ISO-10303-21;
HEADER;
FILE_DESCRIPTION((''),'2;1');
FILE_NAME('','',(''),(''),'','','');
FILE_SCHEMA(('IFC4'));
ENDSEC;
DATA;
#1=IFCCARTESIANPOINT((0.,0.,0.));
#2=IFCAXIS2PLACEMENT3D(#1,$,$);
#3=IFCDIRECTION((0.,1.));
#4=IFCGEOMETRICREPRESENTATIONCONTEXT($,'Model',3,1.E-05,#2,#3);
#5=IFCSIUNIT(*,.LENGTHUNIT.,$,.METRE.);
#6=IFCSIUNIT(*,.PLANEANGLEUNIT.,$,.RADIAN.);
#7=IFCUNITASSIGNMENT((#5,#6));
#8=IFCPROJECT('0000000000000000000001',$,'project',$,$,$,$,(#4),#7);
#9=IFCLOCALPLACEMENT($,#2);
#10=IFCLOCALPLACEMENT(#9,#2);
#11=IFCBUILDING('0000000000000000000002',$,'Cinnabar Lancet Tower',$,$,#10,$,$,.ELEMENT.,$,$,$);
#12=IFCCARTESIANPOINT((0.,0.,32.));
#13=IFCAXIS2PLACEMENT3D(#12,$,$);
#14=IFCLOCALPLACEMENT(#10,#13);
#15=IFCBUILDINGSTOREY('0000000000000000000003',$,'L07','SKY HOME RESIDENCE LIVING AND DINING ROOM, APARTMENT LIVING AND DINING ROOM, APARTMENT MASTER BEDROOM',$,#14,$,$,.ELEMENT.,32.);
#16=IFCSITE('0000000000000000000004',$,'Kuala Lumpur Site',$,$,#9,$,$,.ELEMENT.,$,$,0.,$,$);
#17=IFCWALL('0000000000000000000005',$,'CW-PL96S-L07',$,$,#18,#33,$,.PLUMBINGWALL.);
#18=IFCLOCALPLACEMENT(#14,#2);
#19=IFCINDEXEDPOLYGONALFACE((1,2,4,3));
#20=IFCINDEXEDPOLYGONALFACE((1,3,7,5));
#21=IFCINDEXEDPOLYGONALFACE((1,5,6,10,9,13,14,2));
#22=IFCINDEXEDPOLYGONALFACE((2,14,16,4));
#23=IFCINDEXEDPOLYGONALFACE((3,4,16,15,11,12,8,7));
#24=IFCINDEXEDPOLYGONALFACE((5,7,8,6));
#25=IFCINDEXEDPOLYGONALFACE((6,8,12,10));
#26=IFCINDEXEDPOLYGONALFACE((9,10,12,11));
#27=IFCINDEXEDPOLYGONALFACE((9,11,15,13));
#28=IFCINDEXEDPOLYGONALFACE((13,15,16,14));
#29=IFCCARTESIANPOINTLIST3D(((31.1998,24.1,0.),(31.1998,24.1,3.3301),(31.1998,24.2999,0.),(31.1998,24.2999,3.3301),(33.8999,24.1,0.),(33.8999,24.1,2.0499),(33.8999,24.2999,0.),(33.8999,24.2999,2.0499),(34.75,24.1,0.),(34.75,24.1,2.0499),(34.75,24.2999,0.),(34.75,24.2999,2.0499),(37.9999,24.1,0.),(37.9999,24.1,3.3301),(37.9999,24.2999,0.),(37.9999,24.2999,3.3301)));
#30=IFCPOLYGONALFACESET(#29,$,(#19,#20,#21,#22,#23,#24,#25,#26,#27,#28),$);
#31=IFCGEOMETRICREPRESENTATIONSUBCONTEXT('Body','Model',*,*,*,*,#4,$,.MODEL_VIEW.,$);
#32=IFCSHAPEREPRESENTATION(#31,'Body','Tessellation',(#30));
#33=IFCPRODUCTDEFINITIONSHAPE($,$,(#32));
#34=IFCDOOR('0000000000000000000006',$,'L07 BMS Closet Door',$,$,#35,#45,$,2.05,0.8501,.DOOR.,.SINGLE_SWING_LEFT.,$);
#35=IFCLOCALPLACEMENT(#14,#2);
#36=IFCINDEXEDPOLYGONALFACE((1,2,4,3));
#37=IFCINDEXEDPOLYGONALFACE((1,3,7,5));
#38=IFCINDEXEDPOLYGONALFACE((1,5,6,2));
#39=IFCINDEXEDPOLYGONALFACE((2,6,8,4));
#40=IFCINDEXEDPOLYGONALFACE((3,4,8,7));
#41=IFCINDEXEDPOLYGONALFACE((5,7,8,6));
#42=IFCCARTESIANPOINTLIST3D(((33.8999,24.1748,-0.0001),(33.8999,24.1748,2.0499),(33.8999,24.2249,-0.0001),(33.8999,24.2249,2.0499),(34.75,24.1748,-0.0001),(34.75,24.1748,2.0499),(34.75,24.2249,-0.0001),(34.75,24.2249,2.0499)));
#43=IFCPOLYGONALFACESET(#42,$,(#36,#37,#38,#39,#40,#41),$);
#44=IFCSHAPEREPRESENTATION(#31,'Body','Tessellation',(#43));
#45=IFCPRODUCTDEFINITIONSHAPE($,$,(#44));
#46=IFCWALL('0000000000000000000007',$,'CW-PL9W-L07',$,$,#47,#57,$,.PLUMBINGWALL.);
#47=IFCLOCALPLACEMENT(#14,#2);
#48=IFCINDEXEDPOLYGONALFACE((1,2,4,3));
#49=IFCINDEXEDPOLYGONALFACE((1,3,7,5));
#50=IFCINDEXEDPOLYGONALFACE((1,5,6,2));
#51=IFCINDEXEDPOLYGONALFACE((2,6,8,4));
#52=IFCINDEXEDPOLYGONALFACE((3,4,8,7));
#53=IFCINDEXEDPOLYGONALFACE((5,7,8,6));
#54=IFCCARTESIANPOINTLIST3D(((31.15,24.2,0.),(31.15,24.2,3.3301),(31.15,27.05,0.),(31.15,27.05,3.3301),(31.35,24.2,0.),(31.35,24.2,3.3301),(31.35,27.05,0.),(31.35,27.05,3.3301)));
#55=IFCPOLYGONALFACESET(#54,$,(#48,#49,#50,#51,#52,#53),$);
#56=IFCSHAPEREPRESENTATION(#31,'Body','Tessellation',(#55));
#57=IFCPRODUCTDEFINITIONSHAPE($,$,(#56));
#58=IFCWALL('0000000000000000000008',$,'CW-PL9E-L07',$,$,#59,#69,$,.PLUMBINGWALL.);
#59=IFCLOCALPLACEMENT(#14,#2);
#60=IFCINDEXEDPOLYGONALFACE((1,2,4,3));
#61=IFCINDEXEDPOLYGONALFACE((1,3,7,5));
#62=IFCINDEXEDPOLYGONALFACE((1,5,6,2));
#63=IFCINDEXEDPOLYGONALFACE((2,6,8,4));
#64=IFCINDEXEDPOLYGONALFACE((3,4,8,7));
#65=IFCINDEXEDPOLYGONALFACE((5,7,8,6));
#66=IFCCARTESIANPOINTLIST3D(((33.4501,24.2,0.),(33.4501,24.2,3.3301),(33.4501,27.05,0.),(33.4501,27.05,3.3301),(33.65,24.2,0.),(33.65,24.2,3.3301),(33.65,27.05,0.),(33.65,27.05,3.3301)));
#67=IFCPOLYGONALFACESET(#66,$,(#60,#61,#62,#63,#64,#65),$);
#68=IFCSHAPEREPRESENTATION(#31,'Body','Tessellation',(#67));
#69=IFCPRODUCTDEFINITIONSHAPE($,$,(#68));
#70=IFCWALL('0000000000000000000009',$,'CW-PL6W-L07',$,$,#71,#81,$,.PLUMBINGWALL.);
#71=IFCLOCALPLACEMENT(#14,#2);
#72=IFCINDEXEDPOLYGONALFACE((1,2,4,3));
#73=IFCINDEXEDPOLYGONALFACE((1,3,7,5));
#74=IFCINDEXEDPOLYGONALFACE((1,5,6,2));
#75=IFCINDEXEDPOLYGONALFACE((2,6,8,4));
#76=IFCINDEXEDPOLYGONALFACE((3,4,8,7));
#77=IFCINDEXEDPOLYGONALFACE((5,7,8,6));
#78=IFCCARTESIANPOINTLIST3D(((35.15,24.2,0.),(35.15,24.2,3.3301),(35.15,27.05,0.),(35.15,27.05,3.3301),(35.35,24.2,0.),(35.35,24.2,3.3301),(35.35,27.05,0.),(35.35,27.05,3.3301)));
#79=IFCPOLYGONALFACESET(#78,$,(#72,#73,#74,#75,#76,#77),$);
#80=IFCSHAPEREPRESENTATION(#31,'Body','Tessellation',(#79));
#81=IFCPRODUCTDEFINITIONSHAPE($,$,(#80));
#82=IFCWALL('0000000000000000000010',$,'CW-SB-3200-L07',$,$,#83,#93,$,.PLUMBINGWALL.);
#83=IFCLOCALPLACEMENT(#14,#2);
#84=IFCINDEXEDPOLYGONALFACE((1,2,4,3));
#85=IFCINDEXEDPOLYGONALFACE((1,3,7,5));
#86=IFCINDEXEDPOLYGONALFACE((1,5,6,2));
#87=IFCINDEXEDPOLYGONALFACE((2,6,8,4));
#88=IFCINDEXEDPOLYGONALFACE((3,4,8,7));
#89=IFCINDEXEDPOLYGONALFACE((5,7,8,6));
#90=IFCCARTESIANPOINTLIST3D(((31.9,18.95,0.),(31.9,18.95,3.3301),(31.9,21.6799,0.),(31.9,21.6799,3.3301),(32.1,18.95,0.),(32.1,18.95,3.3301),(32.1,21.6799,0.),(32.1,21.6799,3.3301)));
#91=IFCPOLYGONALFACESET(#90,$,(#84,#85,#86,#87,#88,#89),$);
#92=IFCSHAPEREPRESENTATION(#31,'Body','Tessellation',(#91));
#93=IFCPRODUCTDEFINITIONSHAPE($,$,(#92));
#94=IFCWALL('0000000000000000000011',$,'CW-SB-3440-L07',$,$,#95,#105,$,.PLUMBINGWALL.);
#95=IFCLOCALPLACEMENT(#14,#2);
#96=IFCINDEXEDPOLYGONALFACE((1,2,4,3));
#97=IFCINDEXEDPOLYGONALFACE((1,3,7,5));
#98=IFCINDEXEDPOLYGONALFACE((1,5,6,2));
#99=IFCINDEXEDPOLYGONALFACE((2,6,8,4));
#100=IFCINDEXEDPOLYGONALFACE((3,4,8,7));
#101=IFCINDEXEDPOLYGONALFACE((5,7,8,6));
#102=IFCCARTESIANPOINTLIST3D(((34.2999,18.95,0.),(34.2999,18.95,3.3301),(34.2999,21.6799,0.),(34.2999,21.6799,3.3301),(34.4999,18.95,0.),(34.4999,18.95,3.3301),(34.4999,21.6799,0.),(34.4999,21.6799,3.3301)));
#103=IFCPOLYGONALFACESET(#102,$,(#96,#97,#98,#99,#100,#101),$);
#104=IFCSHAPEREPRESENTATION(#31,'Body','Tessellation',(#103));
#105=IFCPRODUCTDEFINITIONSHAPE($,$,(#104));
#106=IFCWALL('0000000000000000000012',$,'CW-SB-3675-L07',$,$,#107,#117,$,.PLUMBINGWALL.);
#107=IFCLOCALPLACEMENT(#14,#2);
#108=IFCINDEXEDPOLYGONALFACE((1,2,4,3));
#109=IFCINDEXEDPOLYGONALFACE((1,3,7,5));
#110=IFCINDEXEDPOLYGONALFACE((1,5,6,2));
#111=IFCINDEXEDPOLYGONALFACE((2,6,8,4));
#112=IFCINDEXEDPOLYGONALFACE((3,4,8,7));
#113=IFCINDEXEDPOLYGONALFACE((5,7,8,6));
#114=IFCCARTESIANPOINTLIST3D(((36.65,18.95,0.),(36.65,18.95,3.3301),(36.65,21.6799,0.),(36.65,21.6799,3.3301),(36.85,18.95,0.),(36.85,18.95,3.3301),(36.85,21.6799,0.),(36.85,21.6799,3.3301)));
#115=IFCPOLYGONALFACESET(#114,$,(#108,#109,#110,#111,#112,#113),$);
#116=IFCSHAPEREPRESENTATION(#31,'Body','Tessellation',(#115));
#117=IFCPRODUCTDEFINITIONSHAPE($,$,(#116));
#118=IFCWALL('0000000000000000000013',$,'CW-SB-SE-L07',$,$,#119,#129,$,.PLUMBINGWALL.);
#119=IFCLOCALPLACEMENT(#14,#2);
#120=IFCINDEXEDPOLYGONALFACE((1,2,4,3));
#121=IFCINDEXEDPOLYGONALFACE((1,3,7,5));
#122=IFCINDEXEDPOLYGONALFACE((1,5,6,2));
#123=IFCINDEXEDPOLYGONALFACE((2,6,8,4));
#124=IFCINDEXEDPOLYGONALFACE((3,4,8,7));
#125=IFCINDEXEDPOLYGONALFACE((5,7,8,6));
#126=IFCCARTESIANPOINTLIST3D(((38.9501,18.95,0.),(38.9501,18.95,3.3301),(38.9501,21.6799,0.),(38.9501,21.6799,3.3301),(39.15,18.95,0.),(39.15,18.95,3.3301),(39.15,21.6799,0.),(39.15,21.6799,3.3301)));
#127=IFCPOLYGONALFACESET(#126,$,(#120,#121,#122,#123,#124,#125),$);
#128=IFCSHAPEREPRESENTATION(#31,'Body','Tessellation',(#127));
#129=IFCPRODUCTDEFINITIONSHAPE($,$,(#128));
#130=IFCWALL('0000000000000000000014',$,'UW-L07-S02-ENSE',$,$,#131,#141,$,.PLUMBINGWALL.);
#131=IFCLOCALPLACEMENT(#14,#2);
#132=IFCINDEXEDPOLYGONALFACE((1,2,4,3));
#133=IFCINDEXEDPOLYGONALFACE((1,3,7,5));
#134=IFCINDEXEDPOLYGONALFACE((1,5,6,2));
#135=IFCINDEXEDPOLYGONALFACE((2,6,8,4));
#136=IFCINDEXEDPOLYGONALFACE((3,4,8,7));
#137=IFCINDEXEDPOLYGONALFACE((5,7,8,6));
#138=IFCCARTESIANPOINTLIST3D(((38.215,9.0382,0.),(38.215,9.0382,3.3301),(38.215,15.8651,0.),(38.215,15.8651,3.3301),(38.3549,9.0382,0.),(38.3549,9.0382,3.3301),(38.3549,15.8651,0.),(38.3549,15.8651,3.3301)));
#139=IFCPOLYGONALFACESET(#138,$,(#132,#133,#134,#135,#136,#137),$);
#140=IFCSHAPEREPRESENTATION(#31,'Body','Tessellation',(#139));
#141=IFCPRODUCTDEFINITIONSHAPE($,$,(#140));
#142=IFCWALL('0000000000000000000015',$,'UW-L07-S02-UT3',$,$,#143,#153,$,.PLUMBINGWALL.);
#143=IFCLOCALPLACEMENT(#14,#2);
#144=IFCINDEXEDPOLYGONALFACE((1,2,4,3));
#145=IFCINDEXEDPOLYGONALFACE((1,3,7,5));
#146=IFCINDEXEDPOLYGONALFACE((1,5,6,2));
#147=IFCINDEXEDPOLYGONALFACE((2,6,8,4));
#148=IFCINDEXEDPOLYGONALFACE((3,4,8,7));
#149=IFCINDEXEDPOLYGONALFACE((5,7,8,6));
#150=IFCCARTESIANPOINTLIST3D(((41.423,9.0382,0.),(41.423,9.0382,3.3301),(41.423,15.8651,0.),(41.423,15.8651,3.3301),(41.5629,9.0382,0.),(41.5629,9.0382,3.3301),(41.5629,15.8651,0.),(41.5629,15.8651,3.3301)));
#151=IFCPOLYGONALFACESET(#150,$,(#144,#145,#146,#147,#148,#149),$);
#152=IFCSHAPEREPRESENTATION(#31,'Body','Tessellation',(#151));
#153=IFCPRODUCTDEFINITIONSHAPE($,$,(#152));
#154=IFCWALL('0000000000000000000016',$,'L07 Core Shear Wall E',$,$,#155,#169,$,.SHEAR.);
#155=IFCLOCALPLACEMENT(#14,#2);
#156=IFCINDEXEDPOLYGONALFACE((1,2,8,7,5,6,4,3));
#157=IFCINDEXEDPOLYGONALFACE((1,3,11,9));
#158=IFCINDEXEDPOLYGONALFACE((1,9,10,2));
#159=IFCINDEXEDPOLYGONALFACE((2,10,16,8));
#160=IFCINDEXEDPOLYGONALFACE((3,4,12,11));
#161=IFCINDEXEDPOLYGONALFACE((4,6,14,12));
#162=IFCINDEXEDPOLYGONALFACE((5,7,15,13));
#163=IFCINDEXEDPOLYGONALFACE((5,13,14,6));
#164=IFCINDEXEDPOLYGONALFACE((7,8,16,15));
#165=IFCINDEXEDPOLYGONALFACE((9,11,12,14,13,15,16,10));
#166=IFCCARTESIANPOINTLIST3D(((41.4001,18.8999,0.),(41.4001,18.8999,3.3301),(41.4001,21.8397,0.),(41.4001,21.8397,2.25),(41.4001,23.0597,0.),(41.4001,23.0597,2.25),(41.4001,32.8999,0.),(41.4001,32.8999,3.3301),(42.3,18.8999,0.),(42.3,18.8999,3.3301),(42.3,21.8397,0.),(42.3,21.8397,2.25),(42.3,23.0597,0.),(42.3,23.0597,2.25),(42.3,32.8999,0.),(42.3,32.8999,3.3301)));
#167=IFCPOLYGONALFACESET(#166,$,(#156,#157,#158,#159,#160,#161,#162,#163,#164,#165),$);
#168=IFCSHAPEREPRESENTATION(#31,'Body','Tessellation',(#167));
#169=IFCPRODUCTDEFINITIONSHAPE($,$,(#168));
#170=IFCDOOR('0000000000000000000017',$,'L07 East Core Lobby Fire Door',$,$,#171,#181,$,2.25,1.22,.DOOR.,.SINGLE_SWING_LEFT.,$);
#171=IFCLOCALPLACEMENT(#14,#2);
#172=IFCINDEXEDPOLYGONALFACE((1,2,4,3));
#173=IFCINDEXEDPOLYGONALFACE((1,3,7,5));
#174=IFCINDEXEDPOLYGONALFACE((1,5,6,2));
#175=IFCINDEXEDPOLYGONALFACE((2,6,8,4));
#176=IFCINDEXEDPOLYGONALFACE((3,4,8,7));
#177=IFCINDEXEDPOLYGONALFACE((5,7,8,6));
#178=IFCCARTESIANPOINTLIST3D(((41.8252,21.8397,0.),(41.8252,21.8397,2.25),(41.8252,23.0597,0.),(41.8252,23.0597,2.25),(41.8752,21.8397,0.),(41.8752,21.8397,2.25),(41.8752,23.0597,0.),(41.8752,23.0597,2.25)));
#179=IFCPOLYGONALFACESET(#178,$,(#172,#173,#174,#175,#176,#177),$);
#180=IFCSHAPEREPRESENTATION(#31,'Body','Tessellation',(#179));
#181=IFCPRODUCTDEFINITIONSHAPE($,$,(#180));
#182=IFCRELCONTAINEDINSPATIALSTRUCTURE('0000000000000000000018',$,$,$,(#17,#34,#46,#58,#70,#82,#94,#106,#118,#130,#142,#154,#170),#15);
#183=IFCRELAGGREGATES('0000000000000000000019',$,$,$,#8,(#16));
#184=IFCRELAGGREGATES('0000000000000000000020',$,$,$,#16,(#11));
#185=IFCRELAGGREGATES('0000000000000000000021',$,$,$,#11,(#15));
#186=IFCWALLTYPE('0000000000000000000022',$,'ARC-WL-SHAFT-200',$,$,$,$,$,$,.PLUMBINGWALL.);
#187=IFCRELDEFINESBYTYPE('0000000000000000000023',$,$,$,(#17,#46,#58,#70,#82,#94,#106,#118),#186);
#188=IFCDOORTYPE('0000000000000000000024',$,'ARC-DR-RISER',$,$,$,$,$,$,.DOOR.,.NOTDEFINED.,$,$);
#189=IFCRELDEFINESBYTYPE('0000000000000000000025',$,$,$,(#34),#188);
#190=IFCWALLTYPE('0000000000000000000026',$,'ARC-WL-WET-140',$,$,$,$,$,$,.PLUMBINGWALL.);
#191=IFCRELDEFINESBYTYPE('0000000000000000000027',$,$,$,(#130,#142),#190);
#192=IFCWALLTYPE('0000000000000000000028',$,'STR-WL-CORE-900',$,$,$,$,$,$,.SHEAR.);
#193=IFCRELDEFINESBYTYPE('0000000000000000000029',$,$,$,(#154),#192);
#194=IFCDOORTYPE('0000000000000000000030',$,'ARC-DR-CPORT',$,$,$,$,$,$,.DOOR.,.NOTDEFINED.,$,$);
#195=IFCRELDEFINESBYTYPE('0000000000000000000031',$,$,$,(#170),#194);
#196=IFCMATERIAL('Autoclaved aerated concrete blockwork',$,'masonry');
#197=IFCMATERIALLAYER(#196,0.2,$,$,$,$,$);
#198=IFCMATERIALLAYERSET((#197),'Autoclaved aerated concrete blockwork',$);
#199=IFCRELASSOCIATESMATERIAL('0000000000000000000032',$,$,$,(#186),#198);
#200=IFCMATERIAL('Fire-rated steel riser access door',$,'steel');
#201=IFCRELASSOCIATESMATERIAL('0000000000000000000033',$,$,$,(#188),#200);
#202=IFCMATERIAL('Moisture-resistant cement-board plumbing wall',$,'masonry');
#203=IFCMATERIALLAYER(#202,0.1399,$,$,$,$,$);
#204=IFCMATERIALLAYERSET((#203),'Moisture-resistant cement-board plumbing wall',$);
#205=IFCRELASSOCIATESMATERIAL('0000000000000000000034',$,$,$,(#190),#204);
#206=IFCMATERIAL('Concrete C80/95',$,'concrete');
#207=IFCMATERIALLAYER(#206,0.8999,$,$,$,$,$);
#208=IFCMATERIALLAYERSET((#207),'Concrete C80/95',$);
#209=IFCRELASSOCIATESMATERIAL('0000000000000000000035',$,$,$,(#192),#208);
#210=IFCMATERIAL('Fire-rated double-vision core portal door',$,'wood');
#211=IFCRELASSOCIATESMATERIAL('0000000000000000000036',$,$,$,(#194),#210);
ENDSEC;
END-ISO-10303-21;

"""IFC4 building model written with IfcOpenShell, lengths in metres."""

from ifc_helpers import new_model, si_unit, direction, frame, frame_2d, origin, place, context, subcontext, project, spatial, rectangle, extrude, material, layer, layer_set, type_object, element, fill, save


model = new_model("IFC4")

# Units and contexts
model_context = context("Model", 3, precision=1e-05, world=origin(), true_north=direction((0.0, 1.0)))
body_context = subcontext(model_context, "Body", "Model", "MODEL_VIEW")
ifc_project = project(units=[si_unit("LENGTHUNIT", "METRE"), si_unit("PLANEANGLEUNIT", "RADIAN")], contexts=[model_context])

# Site, building, storey
site_placement = place(None, origin())
site = spatial("IfcSite", under=ifc_project, at=site_placement, Name="Kuala Lumpur Site", CompositionType="ELEMENT", RefElevation=0.0)
building_placement = place(site_placement, origin())
building = spatial("IfcBuilding", under=site, at=building_placement, Name="Cinnabar Lancet Tower", CompositionType="ELEMENT")
storey_placement = place(building_placement, frame((0.0, 0.0, 32.0)))
storey = spatial("IfcBuildingStorey", under=building, at=storey_placement, Name="L07", Description="SKY HOME RESIDENCE LIVING AND DINING ROOM, APARTMENT LIVING AND DINING ROOM, APARTMENT MASTER BEDROOM", CompositionType="ELEMENT", Elevation=32.0)

# Shared definitions
ifc_material_1 = material(Name="Autoclaved aerated concrete blockwork", Category="masonry")
ifc_layer_1 = layer(ifc_material_1, 0.2)
ifc_layer_set_1 = layer_set([ifc_layer_1], Name="Autoclaved aerated concrete blockwork")
wall_type_1 = type_object("IfcWallType", Name="ARC-WL-SHAFT-200", PredefinedType="PLUMBINGWALL", material=ifc_layer_set_1)

# Wall, opening, door
wall_1_placement = place(storey_placement, frame((31.2, 24.2, 0.0), z_axis=(0.0, 0.0, 1.0), x_axis=(1.0, 0.0, 0.0)))
wall_1 = element("IfcWall", 1, at=wall_1_placement, inside=storey, type_object=wall_type_1, Name="CW-PL96S-L07", PredefinedType="PLUMBINGWALL", context=body_context, shape_type="SweptSolid", body=[
    extrude(rectangle(XDim=6.8, YDim=0.2, at=frame_2d((3.3999, 0.0))), origin(), (0.0, 0.0, 1.0), 3.3301),
])
opening_1_placement = place(wall_1_placement, frame((2.7, 0.0, 0.0)))
opening_1 = element("IfcOpeningElement", 2, at=opening_1_placement, cuts=wall_1, PredefinedType="OPENING", context=body_context, shape_type="SweptSolid", body=[
    extrude(rectangle(XDim=0.8501, YDim=2.05, at=frame_2d((0.425, 1.0249))), frame((0.0, 0.1099, 0.0), z_axis=(0.0, -1.0, 0.0), x_axis=(1.0, 0.0, 0.0)), (0.0, 0.0, 1.0), 0.22),
])
ifc_material_2 = material(Name="Fire-rated steel riser access door", Category="steel")
door_type_1 = type_object("IfcDoorType", Name="ARC-DR-RISER", OperationType="NOTDEFINED", PredefinedType="DOOR", material=ifc_material_2)
door_1_placement = place(opening_1_placement, origin())
door_1 = element("IfcDoor", 3, at=door_1_placement, inside=storey, type_object=door_type_1, Name="L07 BMS Closet Door", OperationType="SINGLE_SWING_LEFT", OverallHeight=2.05, OverallWidth=0.8501, PredefinedType="DOOR", context=body_context, shape_type="SweptSolid", body=[
    extrude(rectangle(XDim=0.8501, YDim=2.05, at=frame_2d((0.425, 1.0249))), frame((0.0, 0.0249, 0.0), z_axis=(0.0, -1.0, 0.0), x_axis=(1.0, 0.0, 0.0)), (0.0, 0.0, 1.0), 0.05),
])
fill(opening_1, door_1)

# Walls
for number, where, z_axis, x_axis, name in (
    (4, (31.25, 24.2, 0.0), (0.0, 0.0, 1.0), (0.0, 1.0, 0.0), "CW-PL9W-L07"),
    (5, (33.55, 24.2, 0.0), (0.0, 0.0, 1.0), (0.0, 1.0, 0.0), "CW-PL9E-L07"),
    (6, (35.25, 24.2, 0.0), (0.0, 0.0, 1.0), (0.0, 1.0, 0.0), "CW-PL6W-L07"),
):
    element("IfcWall", number, at=place(storey_placement, frame(where, z_axis=z_axis, x_axis=x_axis)), inside=storey, type_object=wall_type_1, Name=name, PredefinedType="PLUMBINGWALL", context=body_context, shape_type="SweptSolid", body=[
        extrude(rectangle(XDim=2.8501, YDim=0.2, at=frame_2d((1.425, 0.0))), origin(), (0.0, 0.0, 1.0), 3.3301),
    ])
for number, where, z_axis, x_axis, name in (
    (7, (32.0, 18.95, 0.0), (0.0, 0.0, 1.0), (0.0, 1.0, 0.0), "CW-SB-3200-L07"),
    (8, (34.3999, 18.95, 0.0), (0.0, 0.0, 1.0), (0.0, 1.0, 0.0), "CW-SB-3440-L07"),
    (9, (36.75, 18.95, 0.0), (0.0, 0.0, 1.0), (0.0, 1.0, 0.0), "CW-SB-3675-L07"),
    (10, (39.05, 18.95, 0.0), (0.0, 0.0, 1.0), (0.0, 1.0, 0.0), "CW-SB-SE-L07"),
):
    element("IfcWall", number, at=place(storey_placement, frame(where, z_axis=z_axis, x_axis=x_axis)), inside=storey, type_object=wall_type_1, Name=name, PredefinedType="PLUMBINGWALL", context=body_context, shape_type="SweptSolid", body=[
        extrude(rectangle(XDim=2.73, YDim=0.2, at=frame_2d((1.365, 0.0))), origin(), (0.0, 0.0, 1.0), 3.3301),
    ])
ifc_material_3 = material(Name="Moisture-resistant cement-board plumbing wall", Category="masonry")
ifc_layer_2 = layer(ifc_material_3, 0.1399)
ifc_layer_set_2 = layer_set([ifc_layer_2], Name="Moisture-resistant cement-board plumbing wall")
wall_type_2 = type_object("IfcWallType", Name="ARC-WL-WET-140", PredefinedType="PLUMBINGWALL", material=ifc_layer_set_2)
for number, where, z_axis, x_axis, name in (
    (11, (38.2849, 9.0381, 0.0), (0.0, 0.0, 1.0), (0.0, 1.0, 0.0), "UW-L07-S02-ENSE"),
    (12, (41.4929, 9.0381, 0.0), (0.0, 0.0, 1.0), (0.0, 1.0, 0.0), "UW-L07-S02-UT3"),
):
    element("IfcWall", number, at=place(storey_placement, frame(where, z_axis=z_axis, x_axis=x_axis)), inside=storey, type_object=wall_type_2, Name=name, PredefinedType="PLUMBINGWALL", context=body_context, shape_type="SweptSolid", body=[
        extrude(rectangle(XDim=6.8269, YDim=0.1399, at=frame_2d((3.4136, 0.0))), origin(), (0.0, 0.0, 1.0), 3.3301),
    ])

# Wall, opening, door
ifc_material_4 = material(Name="Concrete C80/95", Category="concrete")
ifc_layer_3 = layer(ifc_material_4, 0.8999)
ifc_layer_set_3 = layer_set([ifc_layer_3], Name="Concrete C80/95")
wall_type_3 = type_object("IfcWallType", Name="STR-WL-CORE-900", PredefinedType="SHEAR", material=ifc_layer_set_3)
wall_2_placement = place(storey_placement, frame((41.8501, 18.8999, 0.0), z_axis=(0.0, 0.0, 1.0), x_axis=(0.0, 1.0, 0.0)))
wall_2 = element("IfcWall", 13, at=wall_2_placement, inside=storey, type_object=wall_type_3, Name="L07 Core Shear Wall E", PredefinedType="SHEAR", context=body_context, shape_type="SweptSolid", body=[
    extrude(rectangle(XDim=14.0, YDim=0.8999, at=frame_2d((7.0, 0.0))), origin(), (0.0, 0.0, 1.0), 3.3301),
])
opening_2_placement = place(wall_2_placement, frame((2.9399, 0.0, 0.0)))
opening_2 = element("IfcOpeningElement", 14, at=opening_2_placement, cuts=wall_2, PredefinedType="OPENING", context=body_context, shape_type="SweptSolid", body=[
    extrude(rectangle(XDim=1.22, YDim=2.25, at=frame_2d((0.6099, 1.125))), frame((0.0, 0.46, 0.0), z_axis=(0.0, -1.0, 0.0), x_axis=(1.0, 0.0, 0.0)), (0.0, 0.0, 1.0), 0.9199),
])
ifc_material_5 = material(Name="Fire-rated double-vision core portal door", Category="wood")
door_type_2 = type_object("IfcDoorType", Name="ARC-DR-CPORT", OperationType="NOTDEFINED", PredefinedType="DOOR", material=ifc_material_5)
door_2_placement = place(opening_2_placement, origin())
door_2 = element("IfcDoor", 15, at=door_2_placement, inside=storey, type_object=door_type_2, Name="L07 East Core Lobby Fire Door", OperationType="SINGLE_SWING_LEFT", OverallHeight=2.25, OverallWidth=1.22, PredefinedType="DOOR", context=body_context, shape_type="SweptSolid", body=[
    extrude(rectangle(XDim=1.22, YDim=2.25, at=frame_2d((0.6099, 1.125))), frame((0.0, 0.0249, 0.0), z_axis=(0.0, -1.0, 0.0), x_axis=(1.0, 0.0, 0.0)), (0.0, 0.0, 1.0), 0.05),
])
fill(opening_2, door_2)

save(model, "model.ifc")
